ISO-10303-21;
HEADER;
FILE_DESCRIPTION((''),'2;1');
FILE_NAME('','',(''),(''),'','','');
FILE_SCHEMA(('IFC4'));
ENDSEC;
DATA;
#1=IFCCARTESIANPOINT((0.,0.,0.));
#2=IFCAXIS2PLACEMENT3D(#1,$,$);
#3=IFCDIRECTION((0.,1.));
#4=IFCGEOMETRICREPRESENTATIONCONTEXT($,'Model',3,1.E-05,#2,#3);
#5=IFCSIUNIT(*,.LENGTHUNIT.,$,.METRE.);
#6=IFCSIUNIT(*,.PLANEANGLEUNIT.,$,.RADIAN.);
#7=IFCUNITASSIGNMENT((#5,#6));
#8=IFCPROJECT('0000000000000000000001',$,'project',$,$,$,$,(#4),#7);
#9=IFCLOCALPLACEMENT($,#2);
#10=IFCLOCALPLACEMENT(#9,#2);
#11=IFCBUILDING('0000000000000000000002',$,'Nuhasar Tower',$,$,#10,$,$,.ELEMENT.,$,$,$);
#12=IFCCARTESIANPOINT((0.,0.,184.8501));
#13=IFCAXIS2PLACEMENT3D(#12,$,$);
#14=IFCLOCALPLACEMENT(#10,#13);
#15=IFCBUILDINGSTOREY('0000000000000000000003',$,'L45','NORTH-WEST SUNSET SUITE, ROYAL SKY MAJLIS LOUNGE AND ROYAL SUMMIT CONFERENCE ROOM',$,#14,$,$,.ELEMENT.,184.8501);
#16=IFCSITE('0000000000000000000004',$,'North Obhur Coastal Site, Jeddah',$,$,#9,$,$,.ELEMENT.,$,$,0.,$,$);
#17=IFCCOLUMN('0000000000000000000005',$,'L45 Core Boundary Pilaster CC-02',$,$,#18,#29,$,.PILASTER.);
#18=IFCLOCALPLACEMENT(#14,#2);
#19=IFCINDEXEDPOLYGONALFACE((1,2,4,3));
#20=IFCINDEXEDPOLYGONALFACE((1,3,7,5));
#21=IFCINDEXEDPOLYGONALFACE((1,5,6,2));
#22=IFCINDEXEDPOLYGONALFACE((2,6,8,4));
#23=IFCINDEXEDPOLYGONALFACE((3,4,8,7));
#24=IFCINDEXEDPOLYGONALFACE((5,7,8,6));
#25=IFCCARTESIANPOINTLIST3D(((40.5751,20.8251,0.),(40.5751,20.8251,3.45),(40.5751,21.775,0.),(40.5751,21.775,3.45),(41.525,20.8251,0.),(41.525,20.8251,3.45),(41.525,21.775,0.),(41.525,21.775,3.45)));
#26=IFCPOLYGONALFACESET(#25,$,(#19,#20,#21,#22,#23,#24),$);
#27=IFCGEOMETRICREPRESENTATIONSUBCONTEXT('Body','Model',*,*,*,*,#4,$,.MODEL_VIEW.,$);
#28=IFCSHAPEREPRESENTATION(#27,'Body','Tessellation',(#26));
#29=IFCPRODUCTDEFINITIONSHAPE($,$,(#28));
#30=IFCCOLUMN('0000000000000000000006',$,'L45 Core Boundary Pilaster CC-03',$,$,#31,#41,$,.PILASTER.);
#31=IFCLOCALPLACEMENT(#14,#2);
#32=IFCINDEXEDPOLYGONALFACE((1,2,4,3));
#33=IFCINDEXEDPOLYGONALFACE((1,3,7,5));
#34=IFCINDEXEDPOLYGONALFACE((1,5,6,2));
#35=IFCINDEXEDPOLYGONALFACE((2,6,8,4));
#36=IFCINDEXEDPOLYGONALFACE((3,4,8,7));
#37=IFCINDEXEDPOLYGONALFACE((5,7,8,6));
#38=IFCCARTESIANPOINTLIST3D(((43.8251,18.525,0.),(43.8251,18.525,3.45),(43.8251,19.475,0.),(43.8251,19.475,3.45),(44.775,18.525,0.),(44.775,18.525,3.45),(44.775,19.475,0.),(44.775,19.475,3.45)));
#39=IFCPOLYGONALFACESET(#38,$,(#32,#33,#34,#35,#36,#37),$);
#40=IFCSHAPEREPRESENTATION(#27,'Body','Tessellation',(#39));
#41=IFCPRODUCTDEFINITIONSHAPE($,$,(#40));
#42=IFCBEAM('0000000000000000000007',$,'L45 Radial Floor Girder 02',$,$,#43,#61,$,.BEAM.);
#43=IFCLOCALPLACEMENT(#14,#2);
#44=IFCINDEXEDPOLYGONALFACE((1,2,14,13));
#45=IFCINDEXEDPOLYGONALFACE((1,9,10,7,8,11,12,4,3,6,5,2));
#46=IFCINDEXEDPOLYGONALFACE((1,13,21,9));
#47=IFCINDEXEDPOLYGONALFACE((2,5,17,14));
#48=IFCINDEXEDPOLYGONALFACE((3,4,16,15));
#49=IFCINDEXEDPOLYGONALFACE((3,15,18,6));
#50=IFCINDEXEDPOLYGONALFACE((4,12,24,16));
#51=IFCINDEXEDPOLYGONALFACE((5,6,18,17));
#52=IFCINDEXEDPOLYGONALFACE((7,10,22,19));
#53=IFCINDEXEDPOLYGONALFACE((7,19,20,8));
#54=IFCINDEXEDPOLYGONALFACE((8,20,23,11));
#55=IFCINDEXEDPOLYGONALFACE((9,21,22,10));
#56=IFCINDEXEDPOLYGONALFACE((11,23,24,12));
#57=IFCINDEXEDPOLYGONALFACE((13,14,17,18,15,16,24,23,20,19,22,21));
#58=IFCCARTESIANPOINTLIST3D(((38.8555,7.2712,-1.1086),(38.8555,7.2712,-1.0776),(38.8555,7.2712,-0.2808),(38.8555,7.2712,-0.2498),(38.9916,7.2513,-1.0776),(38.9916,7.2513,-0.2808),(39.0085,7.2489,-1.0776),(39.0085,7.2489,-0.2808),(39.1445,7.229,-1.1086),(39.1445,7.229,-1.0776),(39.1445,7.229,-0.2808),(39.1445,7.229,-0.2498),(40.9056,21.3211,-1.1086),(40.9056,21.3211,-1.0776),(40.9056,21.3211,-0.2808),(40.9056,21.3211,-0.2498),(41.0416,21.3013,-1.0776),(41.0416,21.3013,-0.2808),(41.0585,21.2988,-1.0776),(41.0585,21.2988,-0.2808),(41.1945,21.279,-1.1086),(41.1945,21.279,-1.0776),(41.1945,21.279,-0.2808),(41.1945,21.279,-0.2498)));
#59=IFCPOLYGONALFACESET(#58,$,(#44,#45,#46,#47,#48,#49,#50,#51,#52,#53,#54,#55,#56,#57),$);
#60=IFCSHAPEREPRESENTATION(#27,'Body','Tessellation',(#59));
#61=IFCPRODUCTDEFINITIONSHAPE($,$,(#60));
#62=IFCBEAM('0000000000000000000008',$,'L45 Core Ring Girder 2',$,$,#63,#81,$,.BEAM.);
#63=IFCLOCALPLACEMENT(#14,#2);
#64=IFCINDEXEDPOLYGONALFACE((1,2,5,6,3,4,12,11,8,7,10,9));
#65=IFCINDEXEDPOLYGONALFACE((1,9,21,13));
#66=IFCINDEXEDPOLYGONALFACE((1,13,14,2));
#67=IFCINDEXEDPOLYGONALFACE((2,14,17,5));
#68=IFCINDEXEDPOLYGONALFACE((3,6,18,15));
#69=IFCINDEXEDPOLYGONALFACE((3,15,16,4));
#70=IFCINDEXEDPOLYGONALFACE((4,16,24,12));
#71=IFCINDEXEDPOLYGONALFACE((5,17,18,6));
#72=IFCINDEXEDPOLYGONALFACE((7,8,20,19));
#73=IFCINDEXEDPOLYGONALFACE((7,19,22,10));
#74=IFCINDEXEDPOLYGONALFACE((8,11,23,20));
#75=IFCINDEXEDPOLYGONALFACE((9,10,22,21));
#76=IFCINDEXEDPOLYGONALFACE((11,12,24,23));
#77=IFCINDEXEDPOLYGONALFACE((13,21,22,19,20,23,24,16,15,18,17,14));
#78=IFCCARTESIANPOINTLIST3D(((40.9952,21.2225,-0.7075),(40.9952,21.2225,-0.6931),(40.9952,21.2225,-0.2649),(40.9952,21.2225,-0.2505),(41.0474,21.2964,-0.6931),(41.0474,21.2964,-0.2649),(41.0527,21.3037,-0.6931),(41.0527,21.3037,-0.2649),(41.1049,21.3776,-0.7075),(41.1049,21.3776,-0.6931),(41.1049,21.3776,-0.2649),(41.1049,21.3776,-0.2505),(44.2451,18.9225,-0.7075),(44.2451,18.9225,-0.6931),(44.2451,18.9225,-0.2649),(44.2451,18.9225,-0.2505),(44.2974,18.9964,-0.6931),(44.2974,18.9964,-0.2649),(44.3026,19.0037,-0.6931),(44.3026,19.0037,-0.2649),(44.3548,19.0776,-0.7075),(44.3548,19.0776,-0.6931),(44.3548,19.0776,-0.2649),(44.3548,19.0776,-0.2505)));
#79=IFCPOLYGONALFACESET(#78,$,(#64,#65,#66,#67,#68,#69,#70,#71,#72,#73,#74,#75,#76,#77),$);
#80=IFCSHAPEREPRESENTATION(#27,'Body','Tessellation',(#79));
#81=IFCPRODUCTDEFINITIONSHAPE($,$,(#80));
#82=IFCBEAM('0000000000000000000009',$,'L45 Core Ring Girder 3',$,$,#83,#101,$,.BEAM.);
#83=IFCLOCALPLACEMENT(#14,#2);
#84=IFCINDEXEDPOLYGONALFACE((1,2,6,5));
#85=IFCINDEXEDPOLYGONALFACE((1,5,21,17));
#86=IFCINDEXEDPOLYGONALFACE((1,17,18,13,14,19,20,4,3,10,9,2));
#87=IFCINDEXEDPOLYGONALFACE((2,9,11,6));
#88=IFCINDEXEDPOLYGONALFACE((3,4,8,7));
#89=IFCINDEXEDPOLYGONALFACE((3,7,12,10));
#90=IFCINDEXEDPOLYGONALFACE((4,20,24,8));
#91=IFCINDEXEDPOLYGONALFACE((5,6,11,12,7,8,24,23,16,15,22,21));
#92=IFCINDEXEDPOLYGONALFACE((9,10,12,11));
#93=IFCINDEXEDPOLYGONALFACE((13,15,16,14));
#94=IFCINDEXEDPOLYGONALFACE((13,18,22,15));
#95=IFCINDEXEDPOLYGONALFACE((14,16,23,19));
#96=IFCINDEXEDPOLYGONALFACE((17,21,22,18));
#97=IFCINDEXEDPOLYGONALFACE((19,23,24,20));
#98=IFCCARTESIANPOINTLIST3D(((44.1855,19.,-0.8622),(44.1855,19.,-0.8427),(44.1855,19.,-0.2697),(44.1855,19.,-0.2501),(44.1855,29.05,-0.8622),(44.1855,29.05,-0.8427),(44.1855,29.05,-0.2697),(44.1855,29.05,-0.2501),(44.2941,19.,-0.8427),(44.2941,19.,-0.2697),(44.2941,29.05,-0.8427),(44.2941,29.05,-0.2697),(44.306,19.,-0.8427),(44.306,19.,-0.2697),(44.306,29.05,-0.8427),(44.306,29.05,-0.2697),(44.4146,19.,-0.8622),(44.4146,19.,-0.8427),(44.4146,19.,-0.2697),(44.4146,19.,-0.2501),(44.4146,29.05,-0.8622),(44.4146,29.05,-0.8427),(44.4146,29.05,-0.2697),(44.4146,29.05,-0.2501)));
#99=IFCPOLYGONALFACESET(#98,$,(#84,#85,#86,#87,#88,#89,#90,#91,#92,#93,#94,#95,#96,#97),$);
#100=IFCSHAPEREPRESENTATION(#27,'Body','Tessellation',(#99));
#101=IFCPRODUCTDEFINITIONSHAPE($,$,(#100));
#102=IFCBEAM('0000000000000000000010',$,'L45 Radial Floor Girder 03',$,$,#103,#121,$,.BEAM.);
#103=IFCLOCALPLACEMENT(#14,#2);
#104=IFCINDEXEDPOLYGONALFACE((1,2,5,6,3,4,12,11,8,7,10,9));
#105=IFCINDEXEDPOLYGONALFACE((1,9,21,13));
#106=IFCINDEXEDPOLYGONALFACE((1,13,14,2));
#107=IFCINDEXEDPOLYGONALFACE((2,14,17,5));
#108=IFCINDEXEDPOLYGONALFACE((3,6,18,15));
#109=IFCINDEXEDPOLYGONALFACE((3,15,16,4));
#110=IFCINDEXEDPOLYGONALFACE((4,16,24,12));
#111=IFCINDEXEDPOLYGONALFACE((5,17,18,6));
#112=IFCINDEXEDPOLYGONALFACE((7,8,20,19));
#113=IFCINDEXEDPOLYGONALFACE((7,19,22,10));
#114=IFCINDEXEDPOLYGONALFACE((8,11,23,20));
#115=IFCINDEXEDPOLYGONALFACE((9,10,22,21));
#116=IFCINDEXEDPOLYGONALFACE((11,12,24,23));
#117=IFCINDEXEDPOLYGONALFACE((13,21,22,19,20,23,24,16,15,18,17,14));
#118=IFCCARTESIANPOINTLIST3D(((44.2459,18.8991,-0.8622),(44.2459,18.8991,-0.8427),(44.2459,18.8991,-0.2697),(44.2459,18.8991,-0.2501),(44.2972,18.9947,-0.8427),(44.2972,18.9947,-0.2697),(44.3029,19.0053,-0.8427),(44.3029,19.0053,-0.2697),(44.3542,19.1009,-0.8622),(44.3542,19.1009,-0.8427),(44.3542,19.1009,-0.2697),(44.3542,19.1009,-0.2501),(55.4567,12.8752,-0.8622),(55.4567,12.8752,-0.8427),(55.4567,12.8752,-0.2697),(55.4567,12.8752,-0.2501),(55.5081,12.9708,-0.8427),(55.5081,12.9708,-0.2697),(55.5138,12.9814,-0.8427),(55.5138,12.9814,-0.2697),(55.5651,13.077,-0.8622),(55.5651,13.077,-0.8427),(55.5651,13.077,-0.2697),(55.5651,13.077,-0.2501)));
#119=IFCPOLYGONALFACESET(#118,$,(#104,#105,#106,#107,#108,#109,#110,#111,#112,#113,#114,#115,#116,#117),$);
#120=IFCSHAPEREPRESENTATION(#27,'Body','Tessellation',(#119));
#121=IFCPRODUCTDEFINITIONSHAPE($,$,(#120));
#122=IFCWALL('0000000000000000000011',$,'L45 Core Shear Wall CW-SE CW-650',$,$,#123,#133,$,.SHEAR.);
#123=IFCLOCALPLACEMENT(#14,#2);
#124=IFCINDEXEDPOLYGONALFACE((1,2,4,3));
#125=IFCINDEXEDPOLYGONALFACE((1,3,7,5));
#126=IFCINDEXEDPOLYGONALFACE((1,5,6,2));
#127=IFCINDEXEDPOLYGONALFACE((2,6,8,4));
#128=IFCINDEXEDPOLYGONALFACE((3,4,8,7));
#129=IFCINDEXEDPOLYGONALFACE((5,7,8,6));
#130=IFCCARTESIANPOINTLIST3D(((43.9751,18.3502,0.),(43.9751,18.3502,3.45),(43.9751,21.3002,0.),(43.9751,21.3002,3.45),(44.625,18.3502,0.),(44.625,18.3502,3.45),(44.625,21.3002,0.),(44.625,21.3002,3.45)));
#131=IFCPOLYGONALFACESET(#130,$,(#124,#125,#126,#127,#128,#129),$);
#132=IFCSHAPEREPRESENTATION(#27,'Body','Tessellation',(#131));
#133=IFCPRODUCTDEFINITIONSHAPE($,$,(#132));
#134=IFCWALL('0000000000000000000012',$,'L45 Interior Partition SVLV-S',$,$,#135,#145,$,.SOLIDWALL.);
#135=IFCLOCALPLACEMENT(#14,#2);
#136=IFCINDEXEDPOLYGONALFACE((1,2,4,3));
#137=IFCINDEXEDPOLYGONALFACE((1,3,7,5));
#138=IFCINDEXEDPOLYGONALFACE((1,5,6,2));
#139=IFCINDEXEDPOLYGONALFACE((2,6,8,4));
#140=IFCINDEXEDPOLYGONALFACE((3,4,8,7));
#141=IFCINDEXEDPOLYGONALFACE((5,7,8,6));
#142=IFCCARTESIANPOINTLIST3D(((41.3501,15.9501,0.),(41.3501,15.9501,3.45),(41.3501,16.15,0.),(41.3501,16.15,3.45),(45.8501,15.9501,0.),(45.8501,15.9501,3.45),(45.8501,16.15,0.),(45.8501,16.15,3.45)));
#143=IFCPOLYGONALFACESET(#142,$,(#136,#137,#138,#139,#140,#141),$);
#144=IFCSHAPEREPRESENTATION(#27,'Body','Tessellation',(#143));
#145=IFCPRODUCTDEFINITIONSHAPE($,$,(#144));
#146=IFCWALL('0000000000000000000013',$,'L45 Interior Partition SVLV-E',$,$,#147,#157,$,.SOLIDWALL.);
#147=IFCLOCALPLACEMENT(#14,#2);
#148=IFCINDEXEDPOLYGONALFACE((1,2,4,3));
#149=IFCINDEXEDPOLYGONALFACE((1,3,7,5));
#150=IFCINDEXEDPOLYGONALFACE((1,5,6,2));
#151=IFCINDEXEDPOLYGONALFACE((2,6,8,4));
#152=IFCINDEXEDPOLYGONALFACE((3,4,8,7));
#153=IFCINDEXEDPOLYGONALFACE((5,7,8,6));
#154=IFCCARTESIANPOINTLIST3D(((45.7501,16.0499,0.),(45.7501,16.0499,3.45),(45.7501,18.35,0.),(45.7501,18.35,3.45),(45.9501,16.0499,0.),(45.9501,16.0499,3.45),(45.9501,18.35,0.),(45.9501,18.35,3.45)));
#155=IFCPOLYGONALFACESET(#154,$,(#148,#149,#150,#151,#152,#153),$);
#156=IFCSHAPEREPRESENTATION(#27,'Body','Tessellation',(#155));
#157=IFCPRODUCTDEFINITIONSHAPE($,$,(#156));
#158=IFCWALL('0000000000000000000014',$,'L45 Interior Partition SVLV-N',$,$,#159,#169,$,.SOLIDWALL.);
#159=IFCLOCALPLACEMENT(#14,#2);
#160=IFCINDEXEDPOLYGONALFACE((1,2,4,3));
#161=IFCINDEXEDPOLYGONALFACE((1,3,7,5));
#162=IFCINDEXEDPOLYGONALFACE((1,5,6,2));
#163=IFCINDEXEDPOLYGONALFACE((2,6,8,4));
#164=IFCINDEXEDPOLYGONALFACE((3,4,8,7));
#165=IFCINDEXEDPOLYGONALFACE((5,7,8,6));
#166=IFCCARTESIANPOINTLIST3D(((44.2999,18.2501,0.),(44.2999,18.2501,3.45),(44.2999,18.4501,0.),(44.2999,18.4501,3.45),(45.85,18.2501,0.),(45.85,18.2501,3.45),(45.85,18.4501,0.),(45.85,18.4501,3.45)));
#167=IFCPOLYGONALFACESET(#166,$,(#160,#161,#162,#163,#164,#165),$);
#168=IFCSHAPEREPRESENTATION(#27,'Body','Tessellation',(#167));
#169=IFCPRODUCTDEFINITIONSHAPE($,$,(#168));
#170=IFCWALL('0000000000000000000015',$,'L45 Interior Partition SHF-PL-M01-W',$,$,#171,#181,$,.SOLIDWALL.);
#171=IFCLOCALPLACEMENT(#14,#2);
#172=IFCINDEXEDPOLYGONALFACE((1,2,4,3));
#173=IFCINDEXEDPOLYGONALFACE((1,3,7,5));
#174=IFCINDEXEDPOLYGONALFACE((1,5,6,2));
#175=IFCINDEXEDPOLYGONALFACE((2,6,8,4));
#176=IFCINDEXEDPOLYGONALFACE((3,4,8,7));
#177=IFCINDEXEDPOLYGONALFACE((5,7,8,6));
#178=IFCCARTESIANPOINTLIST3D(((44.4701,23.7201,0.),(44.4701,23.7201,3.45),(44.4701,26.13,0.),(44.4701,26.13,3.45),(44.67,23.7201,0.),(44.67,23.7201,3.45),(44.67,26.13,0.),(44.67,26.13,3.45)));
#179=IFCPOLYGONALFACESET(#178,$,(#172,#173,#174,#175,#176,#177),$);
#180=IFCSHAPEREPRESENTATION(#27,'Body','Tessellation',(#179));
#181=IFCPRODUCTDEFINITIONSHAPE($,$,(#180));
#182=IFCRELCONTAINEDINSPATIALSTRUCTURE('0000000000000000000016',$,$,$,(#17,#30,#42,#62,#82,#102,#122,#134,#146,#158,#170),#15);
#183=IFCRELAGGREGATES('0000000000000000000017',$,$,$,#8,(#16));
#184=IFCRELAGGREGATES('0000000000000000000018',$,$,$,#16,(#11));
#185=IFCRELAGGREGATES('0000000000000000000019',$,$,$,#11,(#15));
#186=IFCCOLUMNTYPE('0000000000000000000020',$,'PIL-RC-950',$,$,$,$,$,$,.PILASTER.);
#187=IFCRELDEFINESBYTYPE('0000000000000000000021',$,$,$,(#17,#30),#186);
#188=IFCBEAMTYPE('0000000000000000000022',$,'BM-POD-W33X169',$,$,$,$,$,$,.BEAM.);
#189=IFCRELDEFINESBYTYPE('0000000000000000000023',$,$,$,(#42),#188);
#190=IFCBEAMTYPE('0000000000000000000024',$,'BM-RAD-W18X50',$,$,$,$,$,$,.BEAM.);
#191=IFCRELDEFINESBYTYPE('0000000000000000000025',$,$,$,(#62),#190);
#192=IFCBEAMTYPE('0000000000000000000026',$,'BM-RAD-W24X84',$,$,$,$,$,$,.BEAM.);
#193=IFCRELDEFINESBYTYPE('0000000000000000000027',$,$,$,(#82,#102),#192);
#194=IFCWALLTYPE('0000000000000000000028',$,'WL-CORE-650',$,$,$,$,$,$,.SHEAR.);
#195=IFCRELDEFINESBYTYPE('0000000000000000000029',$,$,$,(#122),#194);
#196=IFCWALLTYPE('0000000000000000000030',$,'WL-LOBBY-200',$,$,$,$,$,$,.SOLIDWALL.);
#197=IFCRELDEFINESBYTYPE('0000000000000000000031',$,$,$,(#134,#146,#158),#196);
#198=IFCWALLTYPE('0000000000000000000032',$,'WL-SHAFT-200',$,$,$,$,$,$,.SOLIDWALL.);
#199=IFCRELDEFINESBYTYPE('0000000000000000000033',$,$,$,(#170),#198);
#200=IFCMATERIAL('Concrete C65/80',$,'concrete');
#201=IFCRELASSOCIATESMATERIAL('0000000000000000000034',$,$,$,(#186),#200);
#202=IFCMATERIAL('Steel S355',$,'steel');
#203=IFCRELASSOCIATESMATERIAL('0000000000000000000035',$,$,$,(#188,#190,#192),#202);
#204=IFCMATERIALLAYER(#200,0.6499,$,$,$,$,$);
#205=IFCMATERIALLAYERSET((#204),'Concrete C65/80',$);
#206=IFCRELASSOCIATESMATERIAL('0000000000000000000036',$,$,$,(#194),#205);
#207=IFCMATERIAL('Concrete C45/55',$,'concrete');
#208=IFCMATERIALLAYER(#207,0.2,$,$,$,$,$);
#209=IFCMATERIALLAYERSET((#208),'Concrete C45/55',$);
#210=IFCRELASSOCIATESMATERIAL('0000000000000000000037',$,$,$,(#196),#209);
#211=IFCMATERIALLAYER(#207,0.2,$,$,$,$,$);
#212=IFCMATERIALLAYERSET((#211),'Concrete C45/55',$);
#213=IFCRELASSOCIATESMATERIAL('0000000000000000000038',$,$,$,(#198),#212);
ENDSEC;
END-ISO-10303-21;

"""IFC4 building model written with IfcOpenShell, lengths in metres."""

from ifc_helpers import new_model, si_unit, direction, frame, frame_2d, origin, origin_2d, place, context, subcontext, project, spatial, rectangle, i_section, extrude, material, layer, layer_set, material_profile, profile_set, type_object, element, save


model = new_model("IFC4")

# Units and contexts
model_context = context("Model", 3, precision=1e-05, world=origin(), true_north=direction((0.0, 1.0)))
body_context = subcontext(model_context, "Body", "Model", "MODEL_VIEW")
ifc_project = project(units=[si_unit("LENGTHUNIT", "METRE"), si_unit("PLANEANGLEUNIT", "RADIAN")], contexts=[model_context])

# Site, building, storey
site_placement = place(None, origin())
site = spatial("IfcSite", under=ifc_project, at=site_placement, Name="North Obhur Coastal Site, Jeddah", CompositionType="ELEMENT", RefElevation=0.0)
building_placement = place(site_placement, origin())
building = spatial("IfcBuilding", under=site, at=building_placement, Name="Nuhasar Tower", CompositionType="ELEMENT")
storey_placement = place(building_placement, frame((0.0, 0.0, 184.8501)))
storey = spatial("IfcBuildingStorey", under=building, at=storey_placement, Name="L45", Description="NORTH-WEST SUNSET SUITE, ROYAL SKY MAJLIS LOUNGE AND ROYAL SUMMIT CONFERENCE ROOM", CompositionType="ELEMENT", Elevation=184.8501)

# Columns
ifc_material_1 = material(Name="Concrete C65/80", Category="concrete")
ifc_material_profile_1 = material_profile(ifc_material_1, rectangle(XDim=0.95, YDim=0.95, at=origin_2d()), Name="RC950X950")
ifc_profile_set_1 = profile_set([ifc_material_profile_1], Name="Concrete C65/80")
column_type = type_object("IfcColumnType", Name="PIL-RC-950", PredefinedType="PILASTER", material=ifc_profile_set_1)
for number, where, z_axis, x_axis, name in (
    (1, (41.05, 21.3, 0.0), (0.0, 0.0, 1.0), (1.0, 0.0, 0.0), "L45 Core Boundary Pilaster CC-02"),
    (2, (44.3, 19.0, 0.0), (0.0, 0.0, 1.0), (1.0, 0.0, 0.0), "L45 Core Boundary Pilaster CC-03"),
):
    element("IfcColumn", number, at=place(storey_placement, frame(where, z_axis=z_axis, x_axis=x_axis)), inside=storey, type_object=column_type, Name=name, PredefinedType="PILASTER", context=body_context, shape_type="SweptSolid", body=[
        extrude(rectangle(XDim=0.95, YDim=0.95, at=origin_2d()), origin(), (0.0, 0.0, 1.0), 3.45),
    ])

# Beams
ifc_material_2 = material(Name="Steel S355", Category="steel")
ifc_material_profile_2 = material_profile(ifc_material_2, i_section(OverallWidth=0.292, OverallDepth=0.8589, WebThickness=0.0171, FlangeThickness=0.031, at=origin_2d()), Name="W33X169")
ifc_profile_set_2 = profile_set([ifc_material_profile_2], Name="Steel S355")
beam_type_1 = type_object("IfcBeamType", Name="BM-POD-W33X169", PredefinedType="BEAM", material=ifc_profile_set_2)
beam_1_placement = place(storey_placement, frame((41.05, 21.3, -0.6792), z_axis=(-0.144382, -0.989522, 0.0), x_axis=(0.989522, -0.144382, 0.0)))
element("IfcBeam", 3, at=beam_1_placement, inside=storey, type_object=beam_type_1, Name="L45 Radial Floor Girder 02", PredefinedType="BEAM", context=body_context, shape_type="SweptSolid", body=[
    extrude(i_section(OverallWidth=0.292, OverallDepth=0.8589, WebThickness=0.0171, FlangeThickness=0.031, at=origin_2d()), origin(), (0.0, 0.0, 1.0), 14.1987),
])
ifc_material_profile_3 = material_profile(ifc_material_2, i_section(OverallWidth=0.1899, OverallDepth=0.457, WebThickness=0.009, FlangeThickness=0.0144, at=origin_2d()), Name="W18X50")
ifc_profile_set_3 = profile_set([ifc_material_profile_3], Name="Steel S355")
beam_type_2 = type_object("IfcBeamType", Name="BM-RAD-W18X50", PredefinedType="BEAM", material=ifc_profile_set_3)
beam_2_placement = place(storey_placement, frame((41.05, 21.3, -0.479), z_axis=(0.816265, -0.577677, 0.0), x_axis=(0.577677, 0.816265, 0.0)))
element("IfcBeam", 4, at=beam_2_placement, inside=storey, type_object=beam_type_2, Name="L45 Core Ring Girder 2", PredefinedType="BEAM", context=body_context, shape_type="SweptSolid", body=[
    extrude(i_section(OverallWidth=0.1899, OverallDepth=0.457, WebThickness=0.009, FlangeThickness=0.0144, at=origin_2d()), origin(), (0.0, 0.0, 1.0), 3.9814),
])
ifc_material_profile_4 = material_profile(ifc_material_2, i_section(OverallWidth=0.229, OverallDepth=0.6121, WebThickness=0.012, FlangeThickness=0.0195, at=origin_2d()), Name="W24X84")
ifc_profile_set_4 = profile_set([ifc_material_profile_4], Name="Steel S355")
beam_type_3 = type_object("IfcBeamType", Name="BM-RAD-W24X84", PredefinedType="BEAM", material=ifc_profile_set_4)
beam_3_placement = place(storey_placement, frame((44.3, 19.0, -0.5562), z_axis=(0.0, 1.0, 0.0), x_axis=(-1.0, 0.0, 0.0)))
element("IfcBeam", 5, at=beam_3_placement, inside=storey, type_object=beam_type_3, Name="L45 Core Ring Girder 3", PredefinedType="BEAM", context=body_context, shape_type="SweptSolid", body=[
    extrude(i_section(OverallWidth=0.229, OverallDepth=0.6121, WebThickness=0.012, FlangeThickness=0.0195, at=origin_2d()), origin(), (0.0, 0.0, 1.0), 10.05),
])
beam_4_placement = place(storey_placement, frame((44.3, 19.0, -0.5562), z_axis=(0.880888, -0.473324, 0.0), x_axis=(0.473324, 0.880888, 0.0)))
element("IfcBeam", 6, at=beam_4_placement, inside=storey, type_object=beam_type_3, Name="L45 Radial Floor Girder 03", PredefinedType="BEAM", context=body_context, shape_type="SweptSolid", body=[
    extrude(i_section(OverallWidth=0.229, OverallDepth=0.6121, WebThickness=0.012, FlangeThickness=0.0195, at=origin_2d()), origin(), (0.0, 0.0, 1.0), 12.7268),
])

# Wall
ifc_layer_1 = layer(ifc_material_1, 0.6499)
ifc_layer_set_1 = layer_set([ifc_layer_1], Name="Concrete C65/80")
wall_type_1 = type_object("IfcWallType", Name="WL-CORE-650", PredefinedType="SHEAR", material=ifc_layer_set_1)
wall_1_placement = place(storey_placement, frame((44.3, 18.3501, 0.0), z_axis=(0.0, 0.0, 1.0), x_axis=(0.0, 1.0, 0.0)))
element("IfcWall", 7, at=wall_1_placement, inside=storey, type_object=wall_type_1, Name="L45 Core Shear Wall CW-SE CW-650", PredefinedType="SHEAR", context=body_context, shape_type="SweptSolid", body=[
    extrude(rectangle(XDim=2.95, YDim=0.6499, at=frame_2d((1.4751, 0.0))), origin(), (0.0, 0.0, 1.0), 3.45),
])

# Shared definitions
ifc_material_3 = material(Name="Concrete C45/55", Category="concrete")
ifc_layer_2 = layer(ifc_material_3, 0.2)
ifc_layer_set_2 = layer_set([ifc_layer_2], Name="Concrete C45/55")
wall_type_2 = type_object("IfcWallType", Name="WL-LOBBY-200", PredefinedType="SOLIDWALL", material=ifc_layer_set_2)

# Walls
wall_2_placement = place(storey_placement, frame((41.3501, 16.05, 0.0), z_axis=(0.0, 0.0, 1.0), x_axis=(1.0, 0.0, 0.0)))
element("IfcWall", 8, at=wall_2_placement, inside=storey, type_object=wall_type_2, Name="L45 Interior Partition SVLV-S", PredefinedType="SOLIDWALL", context=body_context, shape_type="SweptSolid", body=[
    extrude(rectangle(XDim=4.5, YDim=0.2, at=frame_2d((2.25, 0.0))), origin(), (0.0, 0.0, 1.0), 3.45),
])
wall_3_placement = place(storey_placement, frame((45.8501, 16.05, 0.0), z_axis=(0.0, 0.0, 1.0), x_axis=(0.0, 1.0, 0.0)))
element("IfcWall", 9, at=wall_3_placement, inside=storey, type_object=wall_type_2, Name="L45 Interior Partition SVLV-E", PredefinedType="SOLIDWALL", context=body_context, shape_type="SweptSolid", body=[
    extrude(rectangle(XDim=2.3, YDim=0.2, at=frame_2d((1.1499, 0.0))), origin(), (0.0, 0.0, 1.0), 3.45),
])
wall_4_placement = place(storey_placement, frame((44.3, 18.3501, 0.0), z_axis=(0.0, 0.0, 1.0), x_axis=(1.0, 0.0, 0.0)))
element("IfcWall", 10, at=wall_4_placement, inside=storey, type_object=wall_type_2, Name="L45 Interior Partition SVLV-N", PredefinedType="SOLIDWALL", context=body_context, shape_type="SweptSolid", body=[
    extrude(rectangle(XDim=1.55, YDim=0.2, at=frame_2d((0.7749, 0.0))), origin(), (0.0, 0.0, 1.0), 3.45),
])

# Shared definitions
ifc_layer_3 = layer(ifc_material_3, 0.2)
ifc_layer_set_3 = layer_set([ifc_layer_3], Name="Concrete C45/55")
wall_type_3 = type_object("IfcWallType", Name="WL-SHAFT-200", PredefinedType="SOLIDWALL", material=ifc_layer_set_3)

# Wall
wall_5_placement = place(storey_placement, frame((44.5701, 23.72, 0.0), z_axis=(0.0, 0.0, 1.0), x_axis=(0.0, 1.0, 0.0)))
element("IfcWall", 11, at=wall_5_placement, inside=storey, type_object=wall_type_3, Name="L45 Interior Partition SHF-PL-M01-W", PredefinedType="SOLIDWALL", context=body_context, shape_type="SweptSolid", body=[
    extrude(rectangle(XDim=2.4099, YDim=0.2, at=frame_2d((1.2051, 0.0))), origin(), (0.0, 0.0, 1.0), 3.45),
])

save(model, "model.ifc")
